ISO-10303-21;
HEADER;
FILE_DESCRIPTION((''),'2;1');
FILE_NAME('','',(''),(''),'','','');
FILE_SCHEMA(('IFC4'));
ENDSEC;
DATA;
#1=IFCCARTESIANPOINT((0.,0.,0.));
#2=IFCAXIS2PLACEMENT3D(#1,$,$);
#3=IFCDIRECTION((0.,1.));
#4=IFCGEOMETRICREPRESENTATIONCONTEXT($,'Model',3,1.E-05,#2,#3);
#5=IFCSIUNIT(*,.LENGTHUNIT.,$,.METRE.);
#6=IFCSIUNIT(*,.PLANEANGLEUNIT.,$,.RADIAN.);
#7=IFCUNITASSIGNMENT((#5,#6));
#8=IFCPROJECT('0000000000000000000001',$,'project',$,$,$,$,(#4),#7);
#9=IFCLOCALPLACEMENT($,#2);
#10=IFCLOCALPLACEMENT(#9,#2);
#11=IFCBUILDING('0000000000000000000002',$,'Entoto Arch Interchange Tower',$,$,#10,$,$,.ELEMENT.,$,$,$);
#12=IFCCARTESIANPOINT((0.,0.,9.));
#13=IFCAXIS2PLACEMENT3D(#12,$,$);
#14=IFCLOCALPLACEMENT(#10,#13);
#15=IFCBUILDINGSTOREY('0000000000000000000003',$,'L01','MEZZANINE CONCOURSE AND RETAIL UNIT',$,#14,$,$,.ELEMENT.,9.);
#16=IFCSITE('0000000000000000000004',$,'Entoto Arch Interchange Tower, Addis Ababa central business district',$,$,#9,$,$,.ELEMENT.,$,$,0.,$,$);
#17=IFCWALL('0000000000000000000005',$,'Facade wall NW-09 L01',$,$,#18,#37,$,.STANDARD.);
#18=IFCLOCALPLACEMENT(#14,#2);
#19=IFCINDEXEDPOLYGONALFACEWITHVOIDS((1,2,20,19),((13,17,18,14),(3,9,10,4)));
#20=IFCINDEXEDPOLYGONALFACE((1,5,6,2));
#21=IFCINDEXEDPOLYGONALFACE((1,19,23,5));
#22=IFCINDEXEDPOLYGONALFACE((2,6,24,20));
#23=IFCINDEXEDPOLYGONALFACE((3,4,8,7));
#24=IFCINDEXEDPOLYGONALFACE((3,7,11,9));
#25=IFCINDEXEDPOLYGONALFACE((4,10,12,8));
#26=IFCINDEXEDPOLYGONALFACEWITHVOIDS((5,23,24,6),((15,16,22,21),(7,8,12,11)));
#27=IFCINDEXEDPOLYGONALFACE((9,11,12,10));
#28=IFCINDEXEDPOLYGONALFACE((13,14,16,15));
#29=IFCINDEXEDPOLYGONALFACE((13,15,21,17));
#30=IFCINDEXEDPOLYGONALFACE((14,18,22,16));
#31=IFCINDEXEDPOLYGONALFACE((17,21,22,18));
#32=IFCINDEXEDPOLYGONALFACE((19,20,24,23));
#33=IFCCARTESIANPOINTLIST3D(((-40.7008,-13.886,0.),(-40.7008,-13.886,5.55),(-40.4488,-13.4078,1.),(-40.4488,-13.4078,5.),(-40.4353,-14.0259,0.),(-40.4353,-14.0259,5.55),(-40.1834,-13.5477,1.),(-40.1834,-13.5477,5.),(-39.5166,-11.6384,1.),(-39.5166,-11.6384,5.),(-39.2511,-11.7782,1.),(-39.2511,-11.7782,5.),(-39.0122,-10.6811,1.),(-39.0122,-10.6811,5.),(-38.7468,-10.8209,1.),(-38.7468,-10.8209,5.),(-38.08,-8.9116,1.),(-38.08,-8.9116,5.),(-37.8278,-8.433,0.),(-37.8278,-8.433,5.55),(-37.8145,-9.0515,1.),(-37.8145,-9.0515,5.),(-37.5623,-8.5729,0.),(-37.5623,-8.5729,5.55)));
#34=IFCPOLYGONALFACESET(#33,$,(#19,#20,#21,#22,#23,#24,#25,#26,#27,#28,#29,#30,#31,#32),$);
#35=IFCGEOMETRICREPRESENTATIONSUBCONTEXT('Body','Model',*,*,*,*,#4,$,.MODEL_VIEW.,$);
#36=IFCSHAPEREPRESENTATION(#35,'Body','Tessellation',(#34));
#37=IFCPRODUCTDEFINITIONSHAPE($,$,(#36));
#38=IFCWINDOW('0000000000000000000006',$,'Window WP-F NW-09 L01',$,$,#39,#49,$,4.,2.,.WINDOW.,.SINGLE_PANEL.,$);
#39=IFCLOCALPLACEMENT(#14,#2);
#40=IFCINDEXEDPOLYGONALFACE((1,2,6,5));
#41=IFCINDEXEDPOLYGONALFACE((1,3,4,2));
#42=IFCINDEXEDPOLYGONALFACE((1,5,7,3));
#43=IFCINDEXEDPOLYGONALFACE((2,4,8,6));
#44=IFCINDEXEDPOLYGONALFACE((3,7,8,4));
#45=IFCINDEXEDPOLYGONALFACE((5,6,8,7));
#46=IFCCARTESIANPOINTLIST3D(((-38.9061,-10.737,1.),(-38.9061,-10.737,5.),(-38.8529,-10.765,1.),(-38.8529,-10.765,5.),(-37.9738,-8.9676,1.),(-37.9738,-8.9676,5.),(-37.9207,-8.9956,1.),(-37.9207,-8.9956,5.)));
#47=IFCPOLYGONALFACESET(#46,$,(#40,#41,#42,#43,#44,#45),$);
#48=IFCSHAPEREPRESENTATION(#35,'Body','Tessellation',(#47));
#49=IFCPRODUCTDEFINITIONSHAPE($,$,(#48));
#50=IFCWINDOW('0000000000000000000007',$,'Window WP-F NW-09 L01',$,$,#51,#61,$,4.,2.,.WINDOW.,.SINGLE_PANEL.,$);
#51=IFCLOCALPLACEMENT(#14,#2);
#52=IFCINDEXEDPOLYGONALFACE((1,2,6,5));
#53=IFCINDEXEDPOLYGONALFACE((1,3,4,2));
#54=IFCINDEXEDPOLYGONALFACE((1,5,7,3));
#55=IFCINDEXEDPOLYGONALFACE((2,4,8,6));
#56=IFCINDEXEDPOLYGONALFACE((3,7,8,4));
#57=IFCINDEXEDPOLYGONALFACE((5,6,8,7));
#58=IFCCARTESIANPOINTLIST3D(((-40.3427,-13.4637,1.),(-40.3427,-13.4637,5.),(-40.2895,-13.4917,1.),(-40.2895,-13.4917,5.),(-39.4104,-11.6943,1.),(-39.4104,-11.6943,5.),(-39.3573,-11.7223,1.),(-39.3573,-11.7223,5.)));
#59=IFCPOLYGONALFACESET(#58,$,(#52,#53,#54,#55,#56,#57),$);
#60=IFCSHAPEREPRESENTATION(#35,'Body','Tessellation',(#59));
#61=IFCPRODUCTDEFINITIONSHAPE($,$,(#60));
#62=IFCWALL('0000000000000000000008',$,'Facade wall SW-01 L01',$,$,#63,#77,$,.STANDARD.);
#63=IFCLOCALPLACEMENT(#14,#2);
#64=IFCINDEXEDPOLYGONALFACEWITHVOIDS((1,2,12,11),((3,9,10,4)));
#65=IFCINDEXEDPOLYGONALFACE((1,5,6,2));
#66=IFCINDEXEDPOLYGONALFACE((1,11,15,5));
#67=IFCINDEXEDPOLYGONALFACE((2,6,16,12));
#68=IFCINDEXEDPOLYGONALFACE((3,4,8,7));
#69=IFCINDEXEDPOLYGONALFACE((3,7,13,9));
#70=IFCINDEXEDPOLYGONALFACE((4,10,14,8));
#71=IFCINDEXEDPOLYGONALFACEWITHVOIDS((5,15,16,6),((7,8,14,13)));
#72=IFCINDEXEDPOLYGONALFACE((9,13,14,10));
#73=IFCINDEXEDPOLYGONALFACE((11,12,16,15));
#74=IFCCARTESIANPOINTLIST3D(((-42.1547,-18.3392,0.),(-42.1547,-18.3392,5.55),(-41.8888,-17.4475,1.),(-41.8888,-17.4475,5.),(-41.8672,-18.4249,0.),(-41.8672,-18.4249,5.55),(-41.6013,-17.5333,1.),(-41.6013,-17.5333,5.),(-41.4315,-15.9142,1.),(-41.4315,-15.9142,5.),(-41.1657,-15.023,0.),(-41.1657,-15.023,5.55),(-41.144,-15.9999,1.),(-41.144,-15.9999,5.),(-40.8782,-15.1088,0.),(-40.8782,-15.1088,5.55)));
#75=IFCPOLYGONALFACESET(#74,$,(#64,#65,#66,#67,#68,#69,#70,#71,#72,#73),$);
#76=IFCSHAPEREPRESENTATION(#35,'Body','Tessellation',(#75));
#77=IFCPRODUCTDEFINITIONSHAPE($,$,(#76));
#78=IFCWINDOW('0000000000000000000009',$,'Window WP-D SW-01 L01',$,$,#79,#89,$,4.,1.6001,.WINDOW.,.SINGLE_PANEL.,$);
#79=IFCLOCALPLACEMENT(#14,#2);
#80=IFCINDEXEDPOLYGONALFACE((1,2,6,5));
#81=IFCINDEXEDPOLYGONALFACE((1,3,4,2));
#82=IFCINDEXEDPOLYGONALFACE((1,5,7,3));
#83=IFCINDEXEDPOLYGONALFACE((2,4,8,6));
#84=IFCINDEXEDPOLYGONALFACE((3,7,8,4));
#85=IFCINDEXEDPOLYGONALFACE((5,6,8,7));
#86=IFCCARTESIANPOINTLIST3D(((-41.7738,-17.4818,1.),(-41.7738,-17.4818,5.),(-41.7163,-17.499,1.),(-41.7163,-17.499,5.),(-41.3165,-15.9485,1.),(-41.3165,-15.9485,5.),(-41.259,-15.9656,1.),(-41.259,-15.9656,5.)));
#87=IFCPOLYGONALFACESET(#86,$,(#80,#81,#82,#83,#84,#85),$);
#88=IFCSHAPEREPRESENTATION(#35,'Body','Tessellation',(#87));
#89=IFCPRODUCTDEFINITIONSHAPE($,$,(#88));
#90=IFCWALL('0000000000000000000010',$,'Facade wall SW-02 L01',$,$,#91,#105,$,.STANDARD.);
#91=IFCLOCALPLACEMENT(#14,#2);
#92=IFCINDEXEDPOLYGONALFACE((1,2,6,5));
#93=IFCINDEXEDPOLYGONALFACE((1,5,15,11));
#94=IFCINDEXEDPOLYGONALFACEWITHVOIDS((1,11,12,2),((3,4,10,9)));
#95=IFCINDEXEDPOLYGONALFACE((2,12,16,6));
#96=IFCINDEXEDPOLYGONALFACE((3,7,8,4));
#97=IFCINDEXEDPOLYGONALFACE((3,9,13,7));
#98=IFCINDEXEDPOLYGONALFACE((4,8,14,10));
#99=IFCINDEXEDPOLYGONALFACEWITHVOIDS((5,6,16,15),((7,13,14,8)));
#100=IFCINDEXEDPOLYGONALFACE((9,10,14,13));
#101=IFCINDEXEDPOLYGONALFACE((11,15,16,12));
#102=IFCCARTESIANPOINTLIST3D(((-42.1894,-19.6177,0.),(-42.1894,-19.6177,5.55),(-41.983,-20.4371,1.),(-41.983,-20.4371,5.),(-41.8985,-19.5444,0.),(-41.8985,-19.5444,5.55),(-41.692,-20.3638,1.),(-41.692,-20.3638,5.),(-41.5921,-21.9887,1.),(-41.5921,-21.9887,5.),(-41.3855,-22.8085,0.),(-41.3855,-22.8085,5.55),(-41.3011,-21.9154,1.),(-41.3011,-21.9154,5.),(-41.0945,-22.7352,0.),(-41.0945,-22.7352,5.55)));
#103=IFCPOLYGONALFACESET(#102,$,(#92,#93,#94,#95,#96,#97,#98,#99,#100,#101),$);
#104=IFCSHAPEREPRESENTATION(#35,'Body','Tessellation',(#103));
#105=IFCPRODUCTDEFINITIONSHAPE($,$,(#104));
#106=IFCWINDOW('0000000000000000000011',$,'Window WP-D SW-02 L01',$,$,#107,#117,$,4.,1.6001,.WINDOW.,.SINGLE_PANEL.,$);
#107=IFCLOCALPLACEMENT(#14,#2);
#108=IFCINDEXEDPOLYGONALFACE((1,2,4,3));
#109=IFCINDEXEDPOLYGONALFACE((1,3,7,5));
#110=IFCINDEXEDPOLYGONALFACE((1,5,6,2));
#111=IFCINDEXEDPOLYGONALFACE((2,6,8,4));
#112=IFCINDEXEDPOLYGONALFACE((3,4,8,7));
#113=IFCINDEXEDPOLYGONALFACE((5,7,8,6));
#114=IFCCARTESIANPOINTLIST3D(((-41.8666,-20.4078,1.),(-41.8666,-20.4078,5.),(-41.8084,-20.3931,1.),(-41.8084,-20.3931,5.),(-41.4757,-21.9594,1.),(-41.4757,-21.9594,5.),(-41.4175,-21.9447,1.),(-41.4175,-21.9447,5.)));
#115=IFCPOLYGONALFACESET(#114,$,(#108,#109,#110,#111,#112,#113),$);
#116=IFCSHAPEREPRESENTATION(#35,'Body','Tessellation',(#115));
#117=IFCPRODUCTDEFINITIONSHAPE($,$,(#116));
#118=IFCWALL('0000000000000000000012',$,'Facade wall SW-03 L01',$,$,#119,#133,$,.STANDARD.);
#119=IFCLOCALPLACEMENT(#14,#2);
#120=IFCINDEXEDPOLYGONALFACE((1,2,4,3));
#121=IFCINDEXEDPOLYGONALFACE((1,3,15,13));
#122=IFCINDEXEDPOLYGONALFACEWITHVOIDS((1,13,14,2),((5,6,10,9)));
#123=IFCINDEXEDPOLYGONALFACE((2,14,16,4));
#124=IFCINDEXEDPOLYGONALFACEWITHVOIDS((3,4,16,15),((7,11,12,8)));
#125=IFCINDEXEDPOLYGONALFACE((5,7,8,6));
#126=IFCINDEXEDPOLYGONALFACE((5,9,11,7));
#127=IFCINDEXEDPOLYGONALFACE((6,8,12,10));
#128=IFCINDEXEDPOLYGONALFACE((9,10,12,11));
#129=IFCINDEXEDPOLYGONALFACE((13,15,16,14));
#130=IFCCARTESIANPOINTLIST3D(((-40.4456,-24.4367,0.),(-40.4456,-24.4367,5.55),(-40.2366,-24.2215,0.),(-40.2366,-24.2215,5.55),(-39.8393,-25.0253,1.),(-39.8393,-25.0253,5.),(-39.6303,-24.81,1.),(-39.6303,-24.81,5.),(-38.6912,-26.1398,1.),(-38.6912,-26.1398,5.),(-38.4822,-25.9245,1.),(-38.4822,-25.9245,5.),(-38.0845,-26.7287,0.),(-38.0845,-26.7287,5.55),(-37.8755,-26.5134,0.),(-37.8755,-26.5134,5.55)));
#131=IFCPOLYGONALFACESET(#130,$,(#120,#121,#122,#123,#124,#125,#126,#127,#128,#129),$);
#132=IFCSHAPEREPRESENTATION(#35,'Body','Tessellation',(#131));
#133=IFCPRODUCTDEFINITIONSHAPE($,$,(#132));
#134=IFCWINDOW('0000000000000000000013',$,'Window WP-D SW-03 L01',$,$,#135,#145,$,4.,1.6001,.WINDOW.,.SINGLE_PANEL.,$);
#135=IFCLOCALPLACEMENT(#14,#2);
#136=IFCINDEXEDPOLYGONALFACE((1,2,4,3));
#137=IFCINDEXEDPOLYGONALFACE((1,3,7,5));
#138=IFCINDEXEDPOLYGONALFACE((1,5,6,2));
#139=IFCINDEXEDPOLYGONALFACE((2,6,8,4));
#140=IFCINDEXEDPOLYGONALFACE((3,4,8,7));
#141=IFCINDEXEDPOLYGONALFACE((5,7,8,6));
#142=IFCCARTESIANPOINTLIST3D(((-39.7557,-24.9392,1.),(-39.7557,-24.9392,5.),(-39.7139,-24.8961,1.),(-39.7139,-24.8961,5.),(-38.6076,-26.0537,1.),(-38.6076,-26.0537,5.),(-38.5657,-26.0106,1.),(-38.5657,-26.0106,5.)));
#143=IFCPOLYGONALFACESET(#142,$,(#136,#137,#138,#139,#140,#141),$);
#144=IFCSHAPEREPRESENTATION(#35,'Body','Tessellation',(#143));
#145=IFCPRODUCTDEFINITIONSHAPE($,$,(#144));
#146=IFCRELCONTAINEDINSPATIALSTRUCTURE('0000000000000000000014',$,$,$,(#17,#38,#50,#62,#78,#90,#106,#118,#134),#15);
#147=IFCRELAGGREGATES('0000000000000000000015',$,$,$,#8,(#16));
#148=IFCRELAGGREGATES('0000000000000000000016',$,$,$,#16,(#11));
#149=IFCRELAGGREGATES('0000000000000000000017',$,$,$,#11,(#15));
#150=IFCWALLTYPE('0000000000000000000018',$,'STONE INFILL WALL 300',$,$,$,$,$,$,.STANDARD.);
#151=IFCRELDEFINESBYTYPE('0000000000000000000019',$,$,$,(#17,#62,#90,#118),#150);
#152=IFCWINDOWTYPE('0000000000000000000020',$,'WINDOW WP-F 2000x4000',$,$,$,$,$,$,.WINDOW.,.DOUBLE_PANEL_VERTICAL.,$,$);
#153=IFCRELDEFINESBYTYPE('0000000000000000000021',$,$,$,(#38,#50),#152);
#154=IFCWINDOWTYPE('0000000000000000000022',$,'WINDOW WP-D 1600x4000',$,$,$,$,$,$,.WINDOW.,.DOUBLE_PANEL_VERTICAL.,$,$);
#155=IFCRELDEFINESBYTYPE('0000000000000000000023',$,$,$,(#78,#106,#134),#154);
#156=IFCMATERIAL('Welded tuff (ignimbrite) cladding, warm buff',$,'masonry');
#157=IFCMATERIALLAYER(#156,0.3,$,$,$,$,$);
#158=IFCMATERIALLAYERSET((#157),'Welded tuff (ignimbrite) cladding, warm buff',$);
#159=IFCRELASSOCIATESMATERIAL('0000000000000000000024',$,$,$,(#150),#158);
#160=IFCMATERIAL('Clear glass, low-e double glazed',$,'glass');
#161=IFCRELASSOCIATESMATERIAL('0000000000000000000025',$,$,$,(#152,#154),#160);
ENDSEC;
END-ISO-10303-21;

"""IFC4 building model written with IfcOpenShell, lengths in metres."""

from ifc_helpers import new_model, si_unit, direction, frame, frame_2d, origin, place, context, subcontext, project, spatial, rectangle, extrude, material, layer, layer_set, type_object, element, fill, save


model = new_model("IFC4")

# Units and contexts
model_context = context("Model", 3, precision=1e-05, world=origin(), true_north=direction((0.0, 1.0)))
body_context = subcontext(model_context, "Body", "Model", "MODEL_VIEW")
ifc_project = project(units=[si_unit("LENGTHUNIT", "METRE"), si_unit("PLANEANGLEUNIT", "RADIAN")], contexts=[model_context])

# Site, building, storey
site_placement = place(None, origin())
site = spatial("IfcSite", under=ifc_project, at=site_placement, Name="Entoto Arch Interchange Tower, Addis Ababa central business district", CompositionType="ELEMENT", RefElevation=0.0)
building_placement = place(site_placement, origin())
building = spatial("IfcBuilding", under=site, at=building_placement, Name="Entoto Arch Interchange Tower", CompositionType="ELEMENT")
storey_placement = place(building_placement, frame((0.0, 0.0, 9.0)))
storey = spatial("IfcBuildingStorey", under=building, at=storey_placement, Name="L01", Description="MEZZANINE CONCOURSE AND RETAIL UNIT", CompositionType="ELEMENT", Elevation=9.0)

# Wall, openings, windows
ifc_material_1 = material(Name="Welded tuff (ignimbrite) cladding, warm buff", Category="masonry")
ifc_layer_1 = layer(ifc_material_1, 0.3)
ifc_layer_set_1 = layer_set([ifc_layer_1], Name="Welded tuff (ignimbrite) cladding, warm buff")
wall_type_1 = type_object("IfcWallType", Name="STONE INFILL WALL 300", PredefinedType="STANDARD", material=ifc_layer_set_1)
ifc_material_2 = material(Name="Clear glass, low-e double glazed", Category="glass")
window_type_1 = type_object("IfcWindowType", Name="WINDOW WP-F 2000x4000", PartitioningType="DOUBLE_PANEL_VERTICAL", PredefinedType="WINDOW", material=ifc_material_2)
wall_1_placement = place(storey_placement, frame((-37.6951, -8.5029, 0.0), z_axis=(0.0, 0.0, 1.0), x_axis=(-0.466125, -0.884719, 0.0)))
wall_1 = element("IfcWall", 1, at=wall_1_placement, inside=storey, type_object=wall_type_1, Name="Facade wall NW-09 L01", PredefinedType="STANDARD", context=body_context, shape_type="SweptSolid", body=[
    extrude(rectangle(XDim=6.1636, YDim=0.3, at=frame_2d((3.0818, 0.0))), origin(), (0.0, 0.0, 1.0), 5.55),
])
opening_1_placement = place(wall_1_placement, frame((0.541, 0.0, 1.0)))
opening_1 = element("IfcOpeningElement", 2, at=opening_1_placement, cuts=wall_1, PredefinedType="OPENING", context=body_context, shape_type="SweptSolid", body=[
    extrude(rectangle(XDim=2.0, YDim=4.0, at=frame_2d((1.0, 2.0))), frame((0.0, 0.1602, 0.0), z_axis=(0.0, -1.0, 0.0), x_axis=(1.0, 0.0, 0.0)), (0.0, 0.0, 1.0), 0.3201),
])
opening_2_placement = place(wall_1_placement, frame((3.623, 0.0, 1.0)))
opening_2 = element("IfcOpeningElement", 3, at=opening_2_placement, cuts=wall_1, PredefinedType="OPENING", context=body_context, shape_type="SweptSolid", body=[
    extrude(rectangle(XDim=2.0, YDim=4.0, at=frame_2d((1.0, 2.0))), frame((0.0, 0.1602, 0.0), z_axis=(0.0, -1.0, 0.0), x_axis=(1.0, 0.0, 0.0)), (0.0, 0.0, 1.0), 0.3201),
])
window_1_placement = place(opening_1_placement, origin())
window_1 = element("IfcWindow", 4, at=window_1_placement, inside=storey, type_object=window_type_1, Name="Window WP-F NW-09 L01", OverallHeight=4.0, OverallWidth=2.0, PartitioningType="SINGLE_PANEL", PredefinedType="WINDOW", context=body_context, shape_type="SweptSolid", body=[
    extrude(rectangle(XDim=2.0, YDim=4.0, at=frame_2d((1.0, 2.0))), frame((0.0, 0.03, 0.0), z_axis=(0.0, -1.0, 0.0), x_axis=(1.0, 0.0, 0.0)), (0.0, 0.0, 1.0), 0.0601),
])
fill(opening_1, window_1)
window_2_placement = place(opening_2_placement, origin())
window_2 = element("IfcWindow", 5, at=window_2_placement, inside=storey, type_object=window_type_1, Name="Window WP-F NW-09 L01", OverallHeight=4.0, OverallWidth=2.0, PartitioningType="SINGLE_PANEL", PredefinedType="WINDOW", context=body_context, shape_type="SweptSolid", body=[
    extrude(rectangle(XDim=2.0, YDim=4.0, at=frame_2d((1.0, 2.0))), frame((0.0, 0.03, 0.0), z_axis=(0.0, -1.0, 0.0), x_axis=(1.0, 0.0, 0.0)), (0.0, 0.0, 1.0), 0.0601),
])
fill(opening_2, window_2)

# Walls, openings, windows
wall_2_placement = place(storey_placement, frame((-41.022, -15.0659, 0.0), z_axis=(0.0, 0.0, 1.0), x_axis=(-0.285801, -0.958289, 0.0)))
wall_2 = element("IfcWall", 6, at=wall_2_placement, inside=storey, type_object=wall_type_1, Name="Facade wall SW-01 L01", PredefinedType="STANDARD", context=body_context, shape_type="SweptSolid", body=[
    extrude(rectangle(XDim=3.4604, YDim=0.3, at=frame_2d((1.7302, 0.0))), origin(), (0.0, 0.0, 1.0), 5.55),
])
opening_3_placement = place(wall_2_placement, frame((0.9299, 0.0, 1.0)))
opening_3 = element("IfcOpeningElement", 7, at=opening_3_placement, cuts=wall_2, PredefinedType="OPENING", context=body_context, shape_type="SweptSolid", body=[
    extrude(rectangle(XDim=1.6001, YDim=4.0, at=frame_2d((0.8, 2.0))), frame((0.0, 0.1602, 0.0), z_axis=(0.0, -1.0, 0.0), x_axis=(1.0, 0.0, 0.0)), (0.0, 0.0, 1.0), 0.3201),
])
window_type_2 = type_object("IfcWindowType", Name="WINDOW WP-D 1600x4000", PartitioningType="DOUBLE_PANEL_VERTICAL", PredefinedType="WINDOW", material=ifc_material_2)
window_3_placement = place(opening_3_placement, origin())
window_3 = element("IfcWindow", 8, at=window_3_placement, inside=storey, type_object=window_type_2, Name="Window WP-D SW-01 L01", OverallHeight=4.0, OverallWidth=1.6001, PartitioningType="SINGLE_PANEL", PredefinedType="WINDOW", context=body_context, shape_type="SweptSolid", body=[
    extrude(rectangle(XDim=1.6001, YDim=4.0, at=frame_2d((0.8, 2.0))), frame((0.0, 0.03, 0.0), z_axis=(0.0, -1.0, 0.0), x_axis=(1.0, 0.0, 0.0)), (0.0, 0.0, 1.0), 0.0601),
])
fill(opening_3, window_3)
wall_3_placement = place(storey_placement, frame((-42.0439, -19.5811, 0.0), z_axis=(0.0, 0.0, 1.0), x_axis=(0.244316, -0.969696, 0.0)))
wall_3 = element("IfcWall", 9, at=wall_3_placement, inside=storey, type_object=wall_type_1, Name="Facade wall SW-02 L01", PredefinedType="STANDARD", context=body_context, shape_type="SweptSolid", body=[
    extrude(rectangle(XDim=3.2905, YDim=0.3, at=frame_2d((1.6453, 0.0))), origin(), (0.0, 0.0, 1.0), 5.55),
])
opening_4_placement = place(wall_3_placement, frame((0.845, 0.0, 1.0)))
opening_4 = element("IfcOpeningElement", 10, at=opening_4_placement, cuts=wall_3, PredefinedType="OPENING", context=body_context, shape_type="SweptSolid", body=[
    extrude(rectangle(XDim=1.6001, YDim=4.0, at=frame_2d((0.8, 2.0))), frame((0.0, 0.1602, 0.0), z_axis=(0.0, -1.0, 0.0), x_axis=(1.0, 0.0, 0.0)), (0.0, 0.0, 1.0), 0.3201),
])
window_4_placement = place(opening_4_placement, origin())
window_4 = element("IfcWindow", 11, at=window_4_placement, inside=storey, type_object=window_type_2, Name="Window WP-D SW-02 L01", OverallHeight=4.0, OverallWidth=1.6001, PartitioningType="SINGLE_PANEL", PredefinedType="WINDOW", context=body_context, shape_type="SweptSolid", body=[
    extrude(rectangle(XDim=1.6001, YDim=4.0, at=frame_2d((0.8, 2.0))), frame((0.0, 0.03, 0.0), z_axis=(0.0, -1.0, 0.0), x_axis=(1.0, 0.0, 0.0)), (0.0, 0.0, 1.0), 0.0601),
])
fill(opening_4, window_4)
wall_4_placement = place(storey_placement, frame((-40.3411, -24.3291, 0.0), z_axis=(0.0, 0.0, 1.0), x_axis=(0.717527, -0.69653, 0.0)))
wall_4 = element("IfcWall", 12, at=wall_4_placement, inside=storey, type_object=wall_type_1, Name="Facade wall SW-03 L01", PredefinedType="STANDARD", context=body_context, shape_type="SweptSolid", body=[
    extrude(rectangle(XDim=3.2905, YDim=0.3, at=frame_2d((1.6453, 0.0))), origin(), (0.0, 0.0, 1.0), 5.55),
])
opening_5_placement = place(wall_4_placement, frame((0.845, 0.0, 1.0)))
opening_5 = element("IfcOpeningElement", 13, at=opening_5_placement, cuts=wall_4, PredefinedType="OPENING", context=body_context, shape_type="SweptSolid", body=[
    extrude(rectangle(XDim=1.6001, YDim=4.0, at=frame_2d((0.8, 2.0))), frame((0.0, 0.1602, 0.0), z_axis=(0.0, -1.0, 0.0), x_axis=(1.0, 0.0, 0.0)), (0.0, 0.0, 1.0), 0.3201),
])
window_5_placement = place(opening_5_placement, origin())
window_5 = element("IfcWindow", 14, at=window_5_placement, inside=storey, type_object=window_type_2, Name="Window WP-D SW-03 L01", OverallHeight=4.0, OverallWidth=1.6001, PartitioningType="SINGLE_PANEL", PredefinedType="WINDOW", context=body_context, shape_type="SweptSolid", body=[
    extrude(rectangle(XDim=1.6001, YDim=4.0, at=frame_2d((0.8, 2.0))), frame((0.0, 0.03, 0.0), z_axis=(0.0, -1.0, 0.0), x_axis=(1.0, 0.0, 0.0)), (0.0, 0.0, 1.0), 0.0601),
])
fill(opening_5, window_5)

save(model, "model.ifc")
